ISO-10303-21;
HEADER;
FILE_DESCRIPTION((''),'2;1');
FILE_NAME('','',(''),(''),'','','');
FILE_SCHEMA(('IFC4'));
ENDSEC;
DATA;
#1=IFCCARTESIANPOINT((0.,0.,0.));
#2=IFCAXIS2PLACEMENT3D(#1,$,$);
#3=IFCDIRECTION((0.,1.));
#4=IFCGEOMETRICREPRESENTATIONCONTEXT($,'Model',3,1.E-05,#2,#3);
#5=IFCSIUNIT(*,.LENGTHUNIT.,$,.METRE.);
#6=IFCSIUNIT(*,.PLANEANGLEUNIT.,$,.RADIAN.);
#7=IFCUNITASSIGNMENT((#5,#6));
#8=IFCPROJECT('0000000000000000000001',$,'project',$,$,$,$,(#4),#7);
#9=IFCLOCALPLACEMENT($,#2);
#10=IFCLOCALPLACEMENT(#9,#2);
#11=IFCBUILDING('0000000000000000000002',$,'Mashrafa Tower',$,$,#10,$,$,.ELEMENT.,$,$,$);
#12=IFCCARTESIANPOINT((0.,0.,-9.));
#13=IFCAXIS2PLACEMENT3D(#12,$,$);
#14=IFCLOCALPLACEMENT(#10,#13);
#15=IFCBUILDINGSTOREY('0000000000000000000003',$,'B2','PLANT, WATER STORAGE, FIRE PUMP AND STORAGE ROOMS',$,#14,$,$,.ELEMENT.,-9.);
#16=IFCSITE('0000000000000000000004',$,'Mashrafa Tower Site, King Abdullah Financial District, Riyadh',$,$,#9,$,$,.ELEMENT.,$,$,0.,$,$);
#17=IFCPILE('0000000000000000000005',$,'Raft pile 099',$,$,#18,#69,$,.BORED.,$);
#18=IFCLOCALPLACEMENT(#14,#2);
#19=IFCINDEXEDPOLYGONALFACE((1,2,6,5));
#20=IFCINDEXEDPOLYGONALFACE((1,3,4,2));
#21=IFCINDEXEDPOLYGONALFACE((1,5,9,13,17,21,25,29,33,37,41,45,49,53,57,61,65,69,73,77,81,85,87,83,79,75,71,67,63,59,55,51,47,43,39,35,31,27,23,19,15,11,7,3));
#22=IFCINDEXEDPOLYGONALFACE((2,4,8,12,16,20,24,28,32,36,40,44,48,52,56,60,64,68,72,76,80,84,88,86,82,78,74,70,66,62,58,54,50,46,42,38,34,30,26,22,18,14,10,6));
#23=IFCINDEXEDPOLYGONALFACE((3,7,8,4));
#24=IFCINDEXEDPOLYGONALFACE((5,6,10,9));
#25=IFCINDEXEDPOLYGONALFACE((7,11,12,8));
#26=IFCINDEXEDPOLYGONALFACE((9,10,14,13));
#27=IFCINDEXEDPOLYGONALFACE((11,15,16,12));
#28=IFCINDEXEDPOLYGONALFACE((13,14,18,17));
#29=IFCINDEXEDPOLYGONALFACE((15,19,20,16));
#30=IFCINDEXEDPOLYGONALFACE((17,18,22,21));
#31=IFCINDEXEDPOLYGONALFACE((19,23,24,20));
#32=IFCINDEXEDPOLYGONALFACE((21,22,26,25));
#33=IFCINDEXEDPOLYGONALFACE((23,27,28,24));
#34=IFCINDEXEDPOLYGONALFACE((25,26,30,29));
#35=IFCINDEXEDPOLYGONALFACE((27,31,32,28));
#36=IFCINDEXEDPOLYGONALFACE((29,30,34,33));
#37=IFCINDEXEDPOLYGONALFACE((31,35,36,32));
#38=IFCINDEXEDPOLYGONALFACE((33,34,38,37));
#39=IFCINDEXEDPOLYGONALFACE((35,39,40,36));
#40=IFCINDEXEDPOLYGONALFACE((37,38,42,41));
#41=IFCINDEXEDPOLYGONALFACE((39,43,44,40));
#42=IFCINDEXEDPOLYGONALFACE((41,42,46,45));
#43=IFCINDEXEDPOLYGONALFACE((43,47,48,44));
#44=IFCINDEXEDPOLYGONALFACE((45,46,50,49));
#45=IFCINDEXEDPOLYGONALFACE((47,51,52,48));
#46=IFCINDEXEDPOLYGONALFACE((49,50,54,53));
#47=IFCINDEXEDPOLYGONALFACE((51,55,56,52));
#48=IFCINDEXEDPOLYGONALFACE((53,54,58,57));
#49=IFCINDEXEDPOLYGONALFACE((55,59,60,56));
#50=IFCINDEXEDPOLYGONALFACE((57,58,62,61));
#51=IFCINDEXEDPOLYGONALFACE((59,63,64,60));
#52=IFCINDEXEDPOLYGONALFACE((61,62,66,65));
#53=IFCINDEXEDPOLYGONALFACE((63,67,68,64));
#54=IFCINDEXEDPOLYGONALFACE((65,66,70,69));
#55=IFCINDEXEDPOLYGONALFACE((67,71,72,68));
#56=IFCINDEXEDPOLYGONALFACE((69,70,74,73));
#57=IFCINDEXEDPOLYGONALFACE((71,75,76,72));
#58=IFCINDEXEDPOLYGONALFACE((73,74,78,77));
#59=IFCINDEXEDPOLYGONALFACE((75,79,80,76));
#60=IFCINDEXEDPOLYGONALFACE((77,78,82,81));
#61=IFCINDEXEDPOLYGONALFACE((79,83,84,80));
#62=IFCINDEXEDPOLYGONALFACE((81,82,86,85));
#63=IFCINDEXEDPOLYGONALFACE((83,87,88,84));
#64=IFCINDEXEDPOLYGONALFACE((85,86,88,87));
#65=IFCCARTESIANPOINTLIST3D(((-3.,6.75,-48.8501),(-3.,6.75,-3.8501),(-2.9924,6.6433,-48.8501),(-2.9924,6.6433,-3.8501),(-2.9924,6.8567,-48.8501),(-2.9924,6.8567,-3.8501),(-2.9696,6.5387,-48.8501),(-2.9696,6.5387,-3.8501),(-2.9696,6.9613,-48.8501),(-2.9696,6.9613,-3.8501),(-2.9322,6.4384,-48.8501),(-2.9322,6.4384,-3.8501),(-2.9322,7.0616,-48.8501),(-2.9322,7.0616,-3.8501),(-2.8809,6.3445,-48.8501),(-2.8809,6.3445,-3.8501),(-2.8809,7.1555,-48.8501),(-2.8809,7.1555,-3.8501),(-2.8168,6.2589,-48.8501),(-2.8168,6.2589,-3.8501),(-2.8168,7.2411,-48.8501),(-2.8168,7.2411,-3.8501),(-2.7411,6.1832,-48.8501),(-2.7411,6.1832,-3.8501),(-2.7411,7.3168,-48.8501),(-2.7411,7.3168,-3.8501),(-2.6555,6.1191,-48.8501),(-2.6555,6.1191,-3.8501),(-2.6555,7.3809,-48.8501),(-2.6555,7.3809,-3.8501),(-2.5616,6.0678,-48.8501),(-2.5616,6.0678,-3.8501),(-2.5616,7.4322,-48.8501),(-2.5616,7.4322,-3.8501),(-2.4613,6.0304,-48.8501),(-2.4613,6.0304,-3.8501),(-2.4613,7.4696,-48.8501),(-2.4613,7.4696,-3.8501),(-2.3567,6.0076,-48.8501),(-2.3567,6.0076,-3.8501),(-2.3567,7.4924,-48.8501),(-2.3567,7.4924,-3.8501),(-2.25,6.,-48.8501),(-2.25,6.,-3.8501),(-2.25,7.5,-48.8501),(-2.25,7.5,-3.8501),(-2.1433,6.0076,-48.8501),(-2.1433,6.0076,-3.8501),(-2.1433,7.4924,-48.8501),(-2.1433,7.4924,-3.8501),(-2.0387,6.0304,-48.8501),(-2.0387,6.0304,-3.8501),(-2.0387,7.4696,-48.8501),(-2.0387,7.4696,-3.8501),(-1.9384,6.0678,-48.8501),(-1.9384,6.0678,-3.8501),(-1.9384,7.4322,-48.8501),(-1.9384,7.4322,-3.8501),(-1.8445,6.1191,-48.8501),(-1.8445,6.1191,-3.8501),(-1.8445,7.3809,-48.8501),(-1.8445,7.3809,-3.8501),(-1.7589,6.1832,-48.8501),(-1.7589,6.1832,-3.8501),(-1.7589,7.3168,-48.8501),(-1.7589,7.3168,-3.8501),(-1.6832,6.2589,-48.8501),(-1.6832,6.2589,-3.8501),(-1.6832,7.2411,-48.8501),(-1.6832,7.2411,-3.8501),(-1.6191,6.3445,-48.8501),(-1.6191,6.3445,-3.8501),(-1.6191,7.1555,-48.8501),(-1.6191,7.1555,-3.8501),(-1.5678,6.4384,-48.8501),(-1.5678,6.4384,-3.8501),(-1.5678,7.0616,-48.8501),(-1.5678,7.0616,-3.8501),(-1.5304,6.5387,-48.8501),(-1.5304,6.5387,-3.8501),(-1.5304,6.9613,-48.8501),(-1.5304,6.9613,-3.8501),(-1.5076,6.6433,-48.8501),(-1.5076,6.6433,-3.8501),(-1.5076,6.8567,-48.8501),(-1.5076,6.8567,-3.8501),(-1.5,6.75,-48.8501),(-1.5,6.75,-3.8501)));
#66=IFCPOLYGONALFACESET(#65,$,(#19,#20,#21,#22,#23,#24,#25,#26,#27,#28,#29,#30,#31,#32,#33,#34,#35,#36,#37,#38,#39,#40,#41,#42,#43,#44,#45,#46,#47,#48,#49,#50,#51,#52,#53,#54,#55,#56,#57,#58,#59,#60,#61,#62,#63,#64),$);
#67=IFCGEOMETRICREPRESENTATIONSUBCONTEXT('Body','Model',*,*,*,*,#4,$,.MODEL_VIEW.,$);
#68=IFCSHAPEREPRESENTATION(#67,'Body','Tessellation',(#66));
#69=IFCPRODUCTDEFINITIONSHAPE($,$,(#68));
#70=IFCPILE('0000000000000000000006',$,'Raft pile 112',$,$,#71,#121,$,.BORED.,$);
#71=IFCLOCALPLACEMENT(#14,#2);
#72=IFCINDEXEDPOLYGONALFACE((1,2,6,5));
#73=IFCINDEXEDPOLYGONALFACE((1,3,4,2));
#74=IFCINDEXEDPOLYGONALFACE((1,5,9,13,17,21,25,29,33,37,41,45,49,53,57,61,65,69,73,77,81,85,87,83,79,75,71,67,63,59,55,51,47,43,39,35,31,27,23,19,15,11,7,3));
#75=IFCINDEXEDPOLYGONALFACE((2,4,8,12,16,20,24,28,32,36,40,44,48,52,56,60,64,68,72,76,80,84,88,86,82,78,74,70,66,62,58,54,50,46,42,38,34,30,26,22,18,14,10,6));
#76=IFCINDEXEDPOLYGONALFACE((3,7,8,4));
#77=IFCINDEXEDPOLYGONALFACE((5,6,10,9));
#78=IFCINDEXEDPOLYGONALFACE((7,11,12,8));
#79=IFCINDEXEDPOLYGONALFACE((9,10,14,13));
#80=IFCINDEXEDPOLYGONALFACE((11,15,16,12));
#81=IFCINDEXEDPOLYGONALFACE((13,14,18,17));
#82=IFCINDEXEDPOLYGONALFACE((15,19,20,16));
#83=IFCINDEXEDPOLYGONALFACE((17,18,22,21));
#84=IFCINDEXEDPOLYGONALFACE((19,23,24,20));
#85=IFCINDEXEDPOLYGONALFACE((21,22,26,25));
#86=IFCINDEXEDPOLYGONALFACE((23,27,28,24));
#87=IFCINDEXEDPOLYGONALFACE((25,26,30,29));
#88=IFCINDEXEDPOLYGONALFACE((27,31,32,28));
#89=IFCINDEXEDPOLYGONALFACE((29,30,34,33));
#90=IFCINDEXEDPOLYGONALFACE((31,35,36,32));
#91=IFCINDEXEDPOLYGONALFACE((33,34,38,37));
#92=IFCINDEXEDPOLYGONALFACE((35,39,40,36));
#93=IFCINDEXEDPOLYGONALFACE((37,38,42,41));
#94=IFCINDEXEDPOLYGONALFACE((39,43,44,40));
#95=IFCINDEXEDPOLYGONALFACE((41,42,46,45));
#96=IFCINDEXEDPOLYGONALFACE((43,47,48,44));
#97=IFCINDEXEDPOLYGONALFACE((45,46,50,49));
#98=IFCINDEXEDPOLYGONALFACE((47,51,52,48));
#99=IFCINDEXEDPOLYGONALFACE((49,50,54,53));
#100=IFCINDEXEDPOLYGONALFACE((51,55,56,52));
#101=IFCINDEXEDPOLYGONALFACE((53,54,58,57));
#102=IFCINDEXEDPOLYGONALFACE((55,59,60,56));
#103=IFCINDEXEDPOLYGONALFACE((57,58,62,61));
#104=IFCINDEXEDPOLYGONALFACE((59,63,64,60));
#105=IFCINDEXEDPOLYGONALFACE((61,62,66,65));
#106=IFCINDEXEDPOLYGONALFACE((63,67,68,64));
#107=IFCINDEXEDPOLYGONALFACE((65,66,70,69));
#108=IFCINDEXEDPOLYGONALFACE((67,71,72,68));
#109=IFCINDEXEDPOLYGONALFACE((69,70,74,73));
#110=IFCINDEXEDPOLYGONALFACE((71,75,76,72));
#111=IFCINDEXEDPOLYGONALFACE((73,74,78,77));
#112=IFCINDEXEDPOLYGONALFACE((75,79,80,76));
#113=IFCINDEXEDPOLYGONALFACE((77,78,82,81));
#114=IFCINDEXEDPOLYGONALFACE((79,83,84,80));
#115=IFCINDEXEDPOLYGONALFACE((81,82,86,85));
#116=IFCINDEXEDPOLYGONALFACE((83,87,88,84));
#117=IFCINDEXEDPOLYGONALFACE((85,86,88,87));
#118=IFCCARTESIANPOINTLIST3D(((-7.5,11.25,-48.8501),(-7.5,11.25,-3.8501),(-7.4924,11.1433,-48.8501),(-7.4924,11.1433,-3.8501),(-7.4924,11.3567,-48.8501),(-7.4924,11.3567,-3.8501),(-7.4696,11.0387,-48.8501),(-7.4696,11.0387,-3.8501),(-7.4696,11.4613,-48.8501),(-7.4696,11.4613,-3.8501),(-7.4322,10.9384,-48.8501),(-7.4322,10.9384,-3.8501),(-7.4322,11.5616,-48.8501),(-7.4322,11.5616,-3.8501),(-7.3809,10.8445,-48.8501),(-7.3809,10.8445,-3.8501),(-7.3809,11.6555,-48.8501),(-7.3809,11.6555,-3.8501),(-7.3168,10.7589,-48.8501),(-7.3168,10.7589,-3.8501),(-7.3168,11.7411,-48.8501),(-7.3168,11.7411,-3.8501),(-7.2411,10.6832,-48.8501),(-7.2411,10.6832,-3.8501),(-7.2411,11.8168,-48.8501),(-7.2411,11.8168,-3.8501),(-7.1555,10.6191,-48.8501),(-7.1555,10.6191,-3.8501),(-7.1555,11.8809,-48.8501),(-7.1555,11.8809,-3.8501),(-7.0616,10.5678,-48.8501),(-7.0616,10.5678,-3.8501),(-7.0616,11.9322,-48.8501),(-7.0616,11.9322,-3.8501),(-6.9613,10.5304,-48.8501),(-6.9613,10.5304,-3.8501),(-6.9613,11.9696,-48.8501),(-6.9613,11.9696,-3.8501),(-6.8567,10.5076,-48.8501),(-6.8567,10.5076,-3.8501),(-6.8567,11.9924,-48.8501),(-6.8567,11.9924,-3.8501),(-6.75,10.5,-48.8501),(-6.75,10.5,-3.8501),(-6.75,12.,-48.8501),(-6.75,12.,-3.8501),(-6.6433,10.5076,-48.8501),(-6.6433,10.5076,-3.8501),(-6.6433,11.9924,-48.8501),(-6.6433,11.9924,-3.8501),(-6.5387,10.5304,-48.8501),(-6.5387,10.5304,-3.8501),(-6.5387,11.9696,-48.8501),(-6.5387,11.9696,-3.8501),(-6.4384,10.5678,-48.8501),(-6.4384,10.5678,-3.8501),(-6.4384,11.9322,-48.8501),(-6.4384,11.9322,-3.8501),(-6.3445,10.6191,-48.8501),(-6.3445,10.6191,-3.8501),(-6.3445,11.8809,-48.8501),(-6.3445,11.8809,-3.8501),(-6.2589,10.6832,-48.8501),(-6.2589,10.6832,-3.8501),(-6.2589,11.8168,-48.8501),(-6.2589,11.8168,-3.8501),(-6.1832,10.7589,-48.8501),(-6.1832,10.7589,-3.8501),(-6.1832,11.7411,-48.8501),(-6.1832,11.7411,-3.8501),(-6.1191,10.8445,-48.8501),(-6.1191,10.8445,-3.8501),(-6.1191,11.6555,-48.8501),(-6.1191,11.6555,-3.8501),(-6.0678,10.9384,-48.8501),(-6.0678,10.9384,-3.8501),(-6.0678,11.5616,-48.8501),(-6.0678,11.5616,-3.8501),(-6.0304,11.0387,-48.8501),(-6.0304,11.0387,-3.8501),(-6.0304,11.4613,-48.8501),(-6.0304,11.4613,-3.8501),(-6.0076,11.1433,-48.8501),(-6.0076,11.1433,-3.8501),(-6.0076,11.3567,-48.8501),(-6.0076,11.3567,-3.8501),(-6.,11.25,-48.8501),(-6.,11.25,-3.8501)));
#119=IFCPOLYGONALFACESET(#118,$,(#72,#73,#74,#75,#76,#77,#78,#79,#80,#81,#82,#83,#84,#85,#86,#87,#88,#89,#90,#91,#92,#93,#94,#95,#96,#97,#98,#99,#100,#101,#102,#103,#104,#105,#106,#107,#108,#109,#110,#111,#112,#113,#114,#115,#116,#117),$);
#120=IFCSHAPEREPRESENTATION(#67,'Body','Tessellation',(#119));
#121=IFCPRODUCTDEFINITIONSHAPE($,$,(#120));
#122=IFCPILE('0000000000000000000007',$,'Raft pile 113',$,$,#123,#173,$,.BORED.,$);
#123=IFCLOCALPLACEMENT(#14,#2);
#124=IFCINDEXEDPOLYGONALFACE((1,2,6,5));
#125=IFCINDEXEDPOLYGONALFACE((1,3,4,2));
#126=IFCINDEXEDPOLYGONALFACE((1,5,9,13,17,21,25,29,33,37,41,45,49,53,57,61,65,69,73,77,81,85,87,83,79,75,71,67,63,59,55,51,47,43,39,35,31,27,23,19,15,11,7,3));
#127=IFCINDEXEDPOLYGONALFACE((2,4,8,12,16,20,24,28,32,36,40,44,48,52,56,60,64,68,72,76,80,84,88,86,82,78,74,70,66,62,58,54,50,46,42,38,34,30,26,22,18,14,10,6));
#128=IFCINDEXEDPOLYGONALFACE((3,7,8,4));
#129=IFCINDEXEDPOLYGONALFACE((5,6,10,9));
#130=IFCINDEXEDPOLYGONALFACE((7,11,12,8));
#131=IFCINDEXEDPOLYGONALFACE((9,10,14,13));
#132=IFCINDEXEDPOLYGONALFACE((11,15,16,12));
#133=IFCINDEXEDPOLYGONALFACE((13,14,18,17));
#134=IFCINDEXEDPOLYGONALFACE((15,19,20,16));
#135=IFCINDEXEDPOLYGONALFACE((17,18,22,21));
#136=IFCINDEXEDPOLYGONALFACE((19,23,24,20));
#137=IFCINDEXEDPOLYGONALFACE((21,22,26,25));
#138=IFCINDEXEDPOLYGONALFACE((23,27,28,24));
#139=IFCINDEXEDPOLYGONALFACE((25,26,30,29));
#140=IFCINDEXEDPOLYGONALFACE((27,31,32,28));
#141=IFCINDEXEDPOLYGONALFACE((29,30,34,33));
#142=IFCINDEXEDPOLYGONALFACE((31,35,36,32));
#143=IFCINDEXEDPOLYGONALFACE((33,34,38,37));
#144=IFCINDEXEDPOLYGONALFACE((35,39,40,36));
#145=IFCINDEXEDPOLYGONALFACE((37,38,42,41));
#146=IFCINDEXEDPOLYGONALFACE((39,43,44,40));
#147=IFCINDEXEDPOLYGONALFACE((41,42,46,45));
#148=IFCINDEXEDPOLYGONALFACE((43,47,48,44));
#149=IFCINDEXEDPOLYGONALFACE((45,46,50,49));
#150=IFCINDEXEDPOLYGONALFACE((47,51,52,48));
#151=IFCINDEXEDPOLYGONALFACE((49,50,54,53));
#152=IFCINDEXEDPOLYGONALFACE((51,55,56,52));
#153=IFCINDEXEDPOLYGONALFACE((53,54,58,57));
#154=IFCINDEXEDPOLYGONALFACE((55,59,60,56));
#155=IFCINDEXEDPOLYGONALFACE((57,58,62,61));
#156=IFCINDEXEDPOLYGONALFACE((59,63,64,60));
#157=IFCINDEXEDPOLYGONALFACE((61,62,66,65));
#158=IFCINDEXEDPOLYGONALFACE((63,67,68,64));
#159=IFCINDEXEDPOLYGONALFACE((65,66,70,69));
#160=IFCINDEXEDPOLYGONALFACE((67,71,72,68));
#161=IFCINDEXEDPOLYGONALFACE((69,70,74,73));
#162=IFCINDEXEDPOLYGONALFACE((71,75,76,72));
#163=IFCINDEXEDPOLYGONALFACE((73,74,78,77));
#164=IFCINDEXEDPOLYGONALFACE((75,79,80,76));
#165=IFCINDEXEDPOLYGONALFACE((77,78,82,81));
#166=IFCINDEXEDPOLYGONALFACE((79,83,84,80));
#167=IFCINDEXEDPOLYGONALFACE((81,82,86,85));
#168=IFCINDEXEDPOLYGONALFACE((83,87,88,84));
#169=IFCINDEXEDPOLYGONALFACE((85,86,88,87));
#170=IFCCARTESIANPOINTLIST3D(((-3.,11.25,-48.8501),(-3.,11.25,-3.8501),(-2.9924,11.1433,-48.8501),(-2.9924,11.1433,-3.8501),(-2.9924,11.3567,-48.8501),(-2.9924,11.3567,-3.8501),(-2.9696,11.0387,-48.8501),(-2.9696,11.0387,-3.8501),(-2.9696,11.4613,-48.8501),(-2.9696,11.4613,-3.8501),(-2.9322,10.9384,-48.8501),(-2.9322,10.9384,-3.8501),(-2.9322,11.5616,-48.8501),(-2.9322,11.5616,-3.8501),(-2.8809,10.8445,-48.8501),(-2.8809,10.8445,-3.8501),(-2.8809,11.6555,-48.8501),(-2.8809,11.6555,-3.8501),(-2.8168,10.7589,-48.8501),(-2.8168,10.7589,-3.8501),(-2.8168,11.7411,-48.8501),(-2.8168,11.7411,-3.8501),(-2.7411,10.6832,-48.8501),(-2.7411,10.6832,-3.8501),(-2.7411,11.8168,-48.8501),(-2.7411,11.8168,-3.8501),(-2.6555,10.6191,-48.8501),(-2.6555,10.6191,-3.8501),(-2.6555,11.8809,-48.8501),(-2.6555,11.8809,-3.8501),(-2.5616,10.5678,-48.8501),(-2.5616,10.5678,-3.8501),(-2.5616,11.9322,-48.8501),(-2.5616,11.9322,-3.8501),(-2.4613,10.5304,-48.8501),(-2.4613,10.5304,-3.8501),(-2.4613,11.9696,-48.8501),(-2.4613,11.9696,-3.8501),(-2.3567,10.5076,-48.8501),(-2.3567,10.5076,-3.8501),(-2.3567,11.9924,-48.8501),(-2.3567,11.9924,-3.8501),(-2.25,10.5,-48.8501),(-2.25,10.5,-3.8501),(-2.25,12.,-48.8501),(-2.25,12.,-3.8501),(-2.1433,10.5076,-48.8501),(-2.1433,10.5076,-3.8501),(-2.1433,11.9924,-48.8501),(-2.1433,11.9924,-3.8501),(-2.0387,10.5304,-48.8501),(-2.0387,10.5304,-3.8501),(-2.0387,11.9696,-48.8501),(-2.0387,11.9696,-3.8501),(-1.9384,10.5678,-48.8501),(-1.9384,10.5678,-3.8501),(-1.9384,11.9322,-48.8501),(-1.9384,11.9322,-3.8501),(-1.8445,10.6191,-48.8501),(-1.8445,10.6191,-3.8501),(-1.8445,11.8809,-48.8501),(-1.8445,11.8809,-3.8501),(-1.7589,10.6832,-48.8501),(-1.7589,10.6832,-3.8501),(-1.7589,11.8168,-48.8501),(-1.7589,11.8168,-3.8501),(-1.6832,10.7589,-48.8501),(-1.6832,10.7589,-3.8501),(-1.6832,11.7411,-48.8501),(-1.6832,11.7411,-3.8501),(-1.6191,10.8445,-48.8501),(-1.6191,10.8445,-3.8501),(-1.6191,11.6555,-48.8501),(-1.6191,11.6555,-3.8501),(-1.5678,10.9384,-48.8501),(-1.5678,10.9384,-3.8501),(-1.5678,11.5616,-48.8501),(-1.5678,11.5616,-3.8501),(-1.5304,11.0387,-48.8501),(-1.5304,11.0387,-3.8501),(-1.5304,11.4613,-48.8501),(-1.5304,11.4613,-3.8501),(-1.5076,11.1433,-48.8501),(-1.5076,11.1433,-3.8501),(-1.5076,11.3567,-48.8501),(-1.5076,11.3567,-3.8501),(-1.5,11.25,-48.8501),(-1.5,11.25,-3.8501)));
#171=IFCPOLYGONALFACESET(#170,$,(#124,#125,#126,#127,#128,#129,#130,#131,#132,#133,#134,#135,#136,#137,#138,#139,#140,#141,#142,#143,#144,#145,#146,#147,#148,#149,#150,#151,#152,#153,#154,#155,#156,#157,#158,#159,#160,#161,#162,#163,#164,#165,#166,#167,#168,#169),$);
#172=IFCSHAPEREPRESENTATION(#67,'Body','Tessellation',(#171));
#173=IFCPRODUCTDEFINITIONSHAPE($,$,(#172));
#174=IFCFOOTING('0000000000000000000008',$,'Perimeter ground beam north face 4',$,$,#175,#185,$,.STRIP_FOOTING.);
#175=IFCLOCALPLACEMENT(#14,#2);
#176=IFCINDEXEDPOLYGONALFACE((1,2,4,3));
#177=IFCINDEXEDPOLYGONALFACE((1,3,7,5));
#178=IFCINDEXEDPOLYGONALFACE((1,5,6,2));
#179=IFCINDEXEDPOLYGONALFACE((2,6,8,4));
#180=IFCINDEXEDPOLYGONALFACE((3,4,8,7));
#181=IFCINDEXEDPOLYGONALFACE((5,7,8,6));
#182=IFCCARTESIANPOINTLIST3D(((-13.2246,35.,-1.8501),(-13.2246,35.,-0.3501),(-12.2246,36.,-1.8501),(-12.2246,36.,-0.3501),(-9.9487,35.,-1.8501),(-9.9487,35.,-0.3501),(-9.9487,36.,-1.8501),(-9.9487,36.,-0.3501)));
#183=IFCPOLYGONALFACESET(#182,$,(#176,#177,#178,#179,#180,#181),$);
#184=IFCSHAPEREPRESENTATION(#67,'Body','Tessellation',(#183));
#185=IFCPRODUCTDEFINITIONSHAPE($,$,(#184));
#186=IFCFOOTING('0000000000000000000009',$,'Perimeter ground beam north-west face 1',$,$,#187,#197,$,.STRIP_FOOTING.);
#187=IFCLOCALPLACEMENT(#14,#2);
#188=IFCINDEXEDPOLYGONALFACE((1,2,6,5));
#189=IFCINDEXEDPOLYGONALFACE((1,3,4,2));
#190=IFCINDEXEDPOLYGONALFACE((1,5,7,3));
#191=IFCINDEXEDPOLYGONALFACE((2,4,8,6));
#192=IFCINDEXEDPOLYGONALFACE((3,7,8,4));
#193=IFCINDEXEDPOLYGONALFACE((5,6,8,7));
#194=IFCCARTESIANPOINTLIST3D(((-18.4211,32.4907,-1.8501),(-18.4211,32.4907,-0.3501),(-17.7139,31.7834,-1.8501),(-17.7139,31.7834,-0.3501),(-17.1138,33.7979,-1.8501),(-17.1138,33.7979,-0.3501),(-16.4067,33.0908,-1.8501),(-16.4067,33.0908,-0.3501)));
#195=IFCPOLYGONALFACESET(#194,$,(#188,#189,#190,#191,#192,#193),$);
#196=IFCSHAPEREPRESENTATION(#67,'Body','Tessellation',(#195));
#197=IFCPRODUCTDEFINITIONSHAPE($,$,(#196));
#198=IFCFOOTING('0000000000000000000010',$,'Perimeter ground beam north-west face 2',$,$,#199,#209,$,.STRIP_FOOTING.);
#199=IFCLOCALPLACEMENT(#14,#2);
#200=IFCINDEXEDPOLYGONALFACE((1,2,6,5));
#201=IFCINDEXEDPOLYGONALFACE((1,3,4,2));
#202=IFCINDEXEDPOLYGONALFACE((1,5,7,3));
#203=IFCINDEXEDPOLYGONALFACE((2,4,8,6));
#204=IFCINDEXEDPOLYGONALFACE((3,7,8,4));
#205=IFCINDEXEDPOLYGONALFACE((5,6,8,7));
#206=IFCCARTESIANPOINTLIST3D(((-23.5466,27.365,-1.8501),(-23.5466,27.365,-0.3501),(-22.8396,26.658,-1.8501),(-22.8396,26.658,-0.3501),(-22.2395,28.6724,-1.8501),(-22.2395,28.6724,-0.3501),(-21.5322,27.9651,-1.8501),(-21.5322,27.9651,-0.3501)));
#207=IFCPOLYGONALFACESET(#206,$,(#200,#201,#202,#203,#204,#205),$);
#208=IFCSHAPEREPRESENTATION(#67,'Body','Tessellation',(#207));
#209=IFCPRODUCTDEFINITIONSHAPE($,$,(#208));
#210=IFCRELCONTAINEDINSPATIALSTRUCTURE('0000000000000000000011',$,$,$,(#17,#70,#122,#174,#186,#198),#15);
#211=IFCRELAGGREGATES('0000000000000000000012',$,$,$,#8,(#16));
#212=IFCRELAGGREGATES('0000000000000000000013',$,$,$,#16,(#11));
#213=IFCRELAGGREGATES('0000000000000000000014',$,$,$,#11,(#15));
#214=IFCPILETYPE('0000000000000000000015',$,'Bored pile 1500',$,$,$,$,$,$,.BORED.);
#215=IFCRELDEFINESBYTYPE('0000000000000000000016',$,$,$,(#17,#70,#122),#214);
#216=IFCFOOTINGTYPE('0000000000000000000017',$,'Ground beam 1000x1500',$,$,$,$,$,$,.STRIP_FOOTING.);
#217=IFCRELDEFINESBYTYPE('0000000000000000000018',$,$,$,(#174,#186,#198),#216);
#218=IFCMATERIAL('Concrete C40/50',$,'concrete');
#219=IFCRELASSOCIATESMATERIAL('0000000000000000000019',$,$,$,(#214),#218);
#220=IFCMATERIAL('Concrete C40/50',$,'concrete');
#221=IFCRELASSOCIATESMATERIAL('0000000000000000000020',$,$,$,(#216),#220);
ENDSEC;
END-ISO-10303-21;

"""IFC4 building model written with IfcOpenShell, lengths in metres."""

from ifc_helpers import new_model, si_unit, direction, frame, origin, origin_2d, place, context, subcontext, project, spatial, polyline, circle, outline, extrude, material, material_profile, profile_set, type_object, element, save


model = new_model("IFC4")

# Units and contexts
model_context = context("Model", 3, precision=1e-05, world=origin(), true_north=direction((0.0, 1.0)))
body_context = subcontext(model_context, "Body", "Model", "MODEL_VIEW")
ifc_project = project(units=[si_unit("LENGTHUNIT", "METRE"), si_unit("PLANEANGLEUNIT", "RADIAN")], contexts=[model_context])

# Site, building, storey
site_placement = place(None, origin())
site = spatial("IfcSite", under=ifc_project, at=site_placement, Name="Mashrafa Tower Site, King Abdullah Financial District, Riyadh", CompositionType="ELEMENT", RefElevation=0.0)
building_placement = place(site_placement, origin())
building = spatial("IfcBuilding", under=site, at=building_placement, Name="Mashrafa Tower", CompositionType="ELEMENT")
storey_placement = place(building_placement, frame((0.0, 0.0, -9.0)))
storey = spatial("IfcBuildingStorey", under=building, at=storey_placement, Name="B2", Description="PLANT, WATER STORAGE, FIRE PUMP AND STORAGE ROOMS", CompositionType="ELEMENT", Elevation=-9.0)

# Piles
ifc_material_1 = material(Name="Concrete C40/50", Category="concrete")
ifc_material_profile = material_profile(ifc_material_1, circle(Radius=0.75, at=origin_2d()), Name="1500 DIA")
ifc_profile_set = profile_set([ifc_material_profile], Name="Concrete C40/50")
pile_type = type_object("IfcPileType", Name="Bored pile 1500", PredefinedType="BORED", material=ifc_profile_set)
for number, where, z_axis, x_axis, name in (
    (1, (-2.25, 6.75, -3.8501), (0.0, 0.0, -1.0), (1.0, 0.0, 0.0), "Raft pile 099"),
    (2, (-6.75, 11.25, -3.8501), (0.0, 0.0, -1.0), (1.0, 0.0, 0.0), "Raft pile 112"),
    (3, (-2.25, 11.25, -3.8501), (0.0, 0.0, -1.0), (1.0, 0.0, 0.0), "Raft pile 113"),
):
    element("IfcPile", number, at=place(storey_placement, frame(where, z_axis=z_axis, x_axis=x_axis)), inside=storey, type_object=pile_type, Name=name, PredefinedType="BORED", context=body_context, shape_type="SweptSolid", body=[
        extrude(circle(Radius=0.75, at=origin_2d()), origin(), (0.0, 0.0, 1.0), 45.0),
    ])

# Footings
ifc_material_2 = material(Name="Concrete C40/50", Category="concrete")
footing_type = type_object("IfcFootingType", Name="Ground beam 1000x1500", PredefinedType="STRIP_FOOTING", material=ifc_material_2)
footing_1_placement = place(storey_placement, frame((0.0, 0.0, -1.8501)))
element("IfcFooting", 4, at=footing_1_placement, inside=storey, type_object=footing_type, Name="Perimeter ground beam north face 4", PredefinedType="STRIP_FOOTING", context=body_context, shape_type="SweptSolid", body=[
    extrude(outline(polyline([(-13.2246, 35.0), (-12.2246, 36.0), (-9.9487, 36.0), (-9.9487, 35.0), (-13.2246, 35.0)])), origin(), (0.0, 0.0, 1.0), 1.5),
])
footing_2_placement = place(storey_placement, frame((0.0, 0.0, -1.8501)))
element("IfcFooting", 5, at=footing_2_placement, inside=storey, type_object=footing_type, Name="Perimeter ground beam north-west face 1", PredefinedType="STRIP_FOOTING", context=body_context, shape_type="SweptSolid", body=[
    extrude(outline(polyline([(-17.7139, 31.7834), (-18.4211, 32.4907), (-17.1138, 33.7979), (-16.4067, 33.0908), (-17.7139, 31.7834)])), origin(), (0.0, 0.0, 1.0), 1.5),
])
footing_3_placement = place(storey_placement, frame((0.0, 0.0, -1.8501)))
element("IfcFooting", 6, at=footing_3_placement, inside=storey, type_object=footing_type, Name="Perimeter ground beam north-west face 2", PredefinedType="STRIP_FOOTING", context=body_context, shape_type="SweptSolid", body=[
    extrude(outline(polyline([(-22.8396, 26.658), (-23.5466, 27.365), (-22.2395, 28.6724), (-21.5322, 27.9651), (-22.8396, 26.658)])), origin(), (0.0, 0.0, 1.0), 1.5),
])

save(model, "model.ifc")
